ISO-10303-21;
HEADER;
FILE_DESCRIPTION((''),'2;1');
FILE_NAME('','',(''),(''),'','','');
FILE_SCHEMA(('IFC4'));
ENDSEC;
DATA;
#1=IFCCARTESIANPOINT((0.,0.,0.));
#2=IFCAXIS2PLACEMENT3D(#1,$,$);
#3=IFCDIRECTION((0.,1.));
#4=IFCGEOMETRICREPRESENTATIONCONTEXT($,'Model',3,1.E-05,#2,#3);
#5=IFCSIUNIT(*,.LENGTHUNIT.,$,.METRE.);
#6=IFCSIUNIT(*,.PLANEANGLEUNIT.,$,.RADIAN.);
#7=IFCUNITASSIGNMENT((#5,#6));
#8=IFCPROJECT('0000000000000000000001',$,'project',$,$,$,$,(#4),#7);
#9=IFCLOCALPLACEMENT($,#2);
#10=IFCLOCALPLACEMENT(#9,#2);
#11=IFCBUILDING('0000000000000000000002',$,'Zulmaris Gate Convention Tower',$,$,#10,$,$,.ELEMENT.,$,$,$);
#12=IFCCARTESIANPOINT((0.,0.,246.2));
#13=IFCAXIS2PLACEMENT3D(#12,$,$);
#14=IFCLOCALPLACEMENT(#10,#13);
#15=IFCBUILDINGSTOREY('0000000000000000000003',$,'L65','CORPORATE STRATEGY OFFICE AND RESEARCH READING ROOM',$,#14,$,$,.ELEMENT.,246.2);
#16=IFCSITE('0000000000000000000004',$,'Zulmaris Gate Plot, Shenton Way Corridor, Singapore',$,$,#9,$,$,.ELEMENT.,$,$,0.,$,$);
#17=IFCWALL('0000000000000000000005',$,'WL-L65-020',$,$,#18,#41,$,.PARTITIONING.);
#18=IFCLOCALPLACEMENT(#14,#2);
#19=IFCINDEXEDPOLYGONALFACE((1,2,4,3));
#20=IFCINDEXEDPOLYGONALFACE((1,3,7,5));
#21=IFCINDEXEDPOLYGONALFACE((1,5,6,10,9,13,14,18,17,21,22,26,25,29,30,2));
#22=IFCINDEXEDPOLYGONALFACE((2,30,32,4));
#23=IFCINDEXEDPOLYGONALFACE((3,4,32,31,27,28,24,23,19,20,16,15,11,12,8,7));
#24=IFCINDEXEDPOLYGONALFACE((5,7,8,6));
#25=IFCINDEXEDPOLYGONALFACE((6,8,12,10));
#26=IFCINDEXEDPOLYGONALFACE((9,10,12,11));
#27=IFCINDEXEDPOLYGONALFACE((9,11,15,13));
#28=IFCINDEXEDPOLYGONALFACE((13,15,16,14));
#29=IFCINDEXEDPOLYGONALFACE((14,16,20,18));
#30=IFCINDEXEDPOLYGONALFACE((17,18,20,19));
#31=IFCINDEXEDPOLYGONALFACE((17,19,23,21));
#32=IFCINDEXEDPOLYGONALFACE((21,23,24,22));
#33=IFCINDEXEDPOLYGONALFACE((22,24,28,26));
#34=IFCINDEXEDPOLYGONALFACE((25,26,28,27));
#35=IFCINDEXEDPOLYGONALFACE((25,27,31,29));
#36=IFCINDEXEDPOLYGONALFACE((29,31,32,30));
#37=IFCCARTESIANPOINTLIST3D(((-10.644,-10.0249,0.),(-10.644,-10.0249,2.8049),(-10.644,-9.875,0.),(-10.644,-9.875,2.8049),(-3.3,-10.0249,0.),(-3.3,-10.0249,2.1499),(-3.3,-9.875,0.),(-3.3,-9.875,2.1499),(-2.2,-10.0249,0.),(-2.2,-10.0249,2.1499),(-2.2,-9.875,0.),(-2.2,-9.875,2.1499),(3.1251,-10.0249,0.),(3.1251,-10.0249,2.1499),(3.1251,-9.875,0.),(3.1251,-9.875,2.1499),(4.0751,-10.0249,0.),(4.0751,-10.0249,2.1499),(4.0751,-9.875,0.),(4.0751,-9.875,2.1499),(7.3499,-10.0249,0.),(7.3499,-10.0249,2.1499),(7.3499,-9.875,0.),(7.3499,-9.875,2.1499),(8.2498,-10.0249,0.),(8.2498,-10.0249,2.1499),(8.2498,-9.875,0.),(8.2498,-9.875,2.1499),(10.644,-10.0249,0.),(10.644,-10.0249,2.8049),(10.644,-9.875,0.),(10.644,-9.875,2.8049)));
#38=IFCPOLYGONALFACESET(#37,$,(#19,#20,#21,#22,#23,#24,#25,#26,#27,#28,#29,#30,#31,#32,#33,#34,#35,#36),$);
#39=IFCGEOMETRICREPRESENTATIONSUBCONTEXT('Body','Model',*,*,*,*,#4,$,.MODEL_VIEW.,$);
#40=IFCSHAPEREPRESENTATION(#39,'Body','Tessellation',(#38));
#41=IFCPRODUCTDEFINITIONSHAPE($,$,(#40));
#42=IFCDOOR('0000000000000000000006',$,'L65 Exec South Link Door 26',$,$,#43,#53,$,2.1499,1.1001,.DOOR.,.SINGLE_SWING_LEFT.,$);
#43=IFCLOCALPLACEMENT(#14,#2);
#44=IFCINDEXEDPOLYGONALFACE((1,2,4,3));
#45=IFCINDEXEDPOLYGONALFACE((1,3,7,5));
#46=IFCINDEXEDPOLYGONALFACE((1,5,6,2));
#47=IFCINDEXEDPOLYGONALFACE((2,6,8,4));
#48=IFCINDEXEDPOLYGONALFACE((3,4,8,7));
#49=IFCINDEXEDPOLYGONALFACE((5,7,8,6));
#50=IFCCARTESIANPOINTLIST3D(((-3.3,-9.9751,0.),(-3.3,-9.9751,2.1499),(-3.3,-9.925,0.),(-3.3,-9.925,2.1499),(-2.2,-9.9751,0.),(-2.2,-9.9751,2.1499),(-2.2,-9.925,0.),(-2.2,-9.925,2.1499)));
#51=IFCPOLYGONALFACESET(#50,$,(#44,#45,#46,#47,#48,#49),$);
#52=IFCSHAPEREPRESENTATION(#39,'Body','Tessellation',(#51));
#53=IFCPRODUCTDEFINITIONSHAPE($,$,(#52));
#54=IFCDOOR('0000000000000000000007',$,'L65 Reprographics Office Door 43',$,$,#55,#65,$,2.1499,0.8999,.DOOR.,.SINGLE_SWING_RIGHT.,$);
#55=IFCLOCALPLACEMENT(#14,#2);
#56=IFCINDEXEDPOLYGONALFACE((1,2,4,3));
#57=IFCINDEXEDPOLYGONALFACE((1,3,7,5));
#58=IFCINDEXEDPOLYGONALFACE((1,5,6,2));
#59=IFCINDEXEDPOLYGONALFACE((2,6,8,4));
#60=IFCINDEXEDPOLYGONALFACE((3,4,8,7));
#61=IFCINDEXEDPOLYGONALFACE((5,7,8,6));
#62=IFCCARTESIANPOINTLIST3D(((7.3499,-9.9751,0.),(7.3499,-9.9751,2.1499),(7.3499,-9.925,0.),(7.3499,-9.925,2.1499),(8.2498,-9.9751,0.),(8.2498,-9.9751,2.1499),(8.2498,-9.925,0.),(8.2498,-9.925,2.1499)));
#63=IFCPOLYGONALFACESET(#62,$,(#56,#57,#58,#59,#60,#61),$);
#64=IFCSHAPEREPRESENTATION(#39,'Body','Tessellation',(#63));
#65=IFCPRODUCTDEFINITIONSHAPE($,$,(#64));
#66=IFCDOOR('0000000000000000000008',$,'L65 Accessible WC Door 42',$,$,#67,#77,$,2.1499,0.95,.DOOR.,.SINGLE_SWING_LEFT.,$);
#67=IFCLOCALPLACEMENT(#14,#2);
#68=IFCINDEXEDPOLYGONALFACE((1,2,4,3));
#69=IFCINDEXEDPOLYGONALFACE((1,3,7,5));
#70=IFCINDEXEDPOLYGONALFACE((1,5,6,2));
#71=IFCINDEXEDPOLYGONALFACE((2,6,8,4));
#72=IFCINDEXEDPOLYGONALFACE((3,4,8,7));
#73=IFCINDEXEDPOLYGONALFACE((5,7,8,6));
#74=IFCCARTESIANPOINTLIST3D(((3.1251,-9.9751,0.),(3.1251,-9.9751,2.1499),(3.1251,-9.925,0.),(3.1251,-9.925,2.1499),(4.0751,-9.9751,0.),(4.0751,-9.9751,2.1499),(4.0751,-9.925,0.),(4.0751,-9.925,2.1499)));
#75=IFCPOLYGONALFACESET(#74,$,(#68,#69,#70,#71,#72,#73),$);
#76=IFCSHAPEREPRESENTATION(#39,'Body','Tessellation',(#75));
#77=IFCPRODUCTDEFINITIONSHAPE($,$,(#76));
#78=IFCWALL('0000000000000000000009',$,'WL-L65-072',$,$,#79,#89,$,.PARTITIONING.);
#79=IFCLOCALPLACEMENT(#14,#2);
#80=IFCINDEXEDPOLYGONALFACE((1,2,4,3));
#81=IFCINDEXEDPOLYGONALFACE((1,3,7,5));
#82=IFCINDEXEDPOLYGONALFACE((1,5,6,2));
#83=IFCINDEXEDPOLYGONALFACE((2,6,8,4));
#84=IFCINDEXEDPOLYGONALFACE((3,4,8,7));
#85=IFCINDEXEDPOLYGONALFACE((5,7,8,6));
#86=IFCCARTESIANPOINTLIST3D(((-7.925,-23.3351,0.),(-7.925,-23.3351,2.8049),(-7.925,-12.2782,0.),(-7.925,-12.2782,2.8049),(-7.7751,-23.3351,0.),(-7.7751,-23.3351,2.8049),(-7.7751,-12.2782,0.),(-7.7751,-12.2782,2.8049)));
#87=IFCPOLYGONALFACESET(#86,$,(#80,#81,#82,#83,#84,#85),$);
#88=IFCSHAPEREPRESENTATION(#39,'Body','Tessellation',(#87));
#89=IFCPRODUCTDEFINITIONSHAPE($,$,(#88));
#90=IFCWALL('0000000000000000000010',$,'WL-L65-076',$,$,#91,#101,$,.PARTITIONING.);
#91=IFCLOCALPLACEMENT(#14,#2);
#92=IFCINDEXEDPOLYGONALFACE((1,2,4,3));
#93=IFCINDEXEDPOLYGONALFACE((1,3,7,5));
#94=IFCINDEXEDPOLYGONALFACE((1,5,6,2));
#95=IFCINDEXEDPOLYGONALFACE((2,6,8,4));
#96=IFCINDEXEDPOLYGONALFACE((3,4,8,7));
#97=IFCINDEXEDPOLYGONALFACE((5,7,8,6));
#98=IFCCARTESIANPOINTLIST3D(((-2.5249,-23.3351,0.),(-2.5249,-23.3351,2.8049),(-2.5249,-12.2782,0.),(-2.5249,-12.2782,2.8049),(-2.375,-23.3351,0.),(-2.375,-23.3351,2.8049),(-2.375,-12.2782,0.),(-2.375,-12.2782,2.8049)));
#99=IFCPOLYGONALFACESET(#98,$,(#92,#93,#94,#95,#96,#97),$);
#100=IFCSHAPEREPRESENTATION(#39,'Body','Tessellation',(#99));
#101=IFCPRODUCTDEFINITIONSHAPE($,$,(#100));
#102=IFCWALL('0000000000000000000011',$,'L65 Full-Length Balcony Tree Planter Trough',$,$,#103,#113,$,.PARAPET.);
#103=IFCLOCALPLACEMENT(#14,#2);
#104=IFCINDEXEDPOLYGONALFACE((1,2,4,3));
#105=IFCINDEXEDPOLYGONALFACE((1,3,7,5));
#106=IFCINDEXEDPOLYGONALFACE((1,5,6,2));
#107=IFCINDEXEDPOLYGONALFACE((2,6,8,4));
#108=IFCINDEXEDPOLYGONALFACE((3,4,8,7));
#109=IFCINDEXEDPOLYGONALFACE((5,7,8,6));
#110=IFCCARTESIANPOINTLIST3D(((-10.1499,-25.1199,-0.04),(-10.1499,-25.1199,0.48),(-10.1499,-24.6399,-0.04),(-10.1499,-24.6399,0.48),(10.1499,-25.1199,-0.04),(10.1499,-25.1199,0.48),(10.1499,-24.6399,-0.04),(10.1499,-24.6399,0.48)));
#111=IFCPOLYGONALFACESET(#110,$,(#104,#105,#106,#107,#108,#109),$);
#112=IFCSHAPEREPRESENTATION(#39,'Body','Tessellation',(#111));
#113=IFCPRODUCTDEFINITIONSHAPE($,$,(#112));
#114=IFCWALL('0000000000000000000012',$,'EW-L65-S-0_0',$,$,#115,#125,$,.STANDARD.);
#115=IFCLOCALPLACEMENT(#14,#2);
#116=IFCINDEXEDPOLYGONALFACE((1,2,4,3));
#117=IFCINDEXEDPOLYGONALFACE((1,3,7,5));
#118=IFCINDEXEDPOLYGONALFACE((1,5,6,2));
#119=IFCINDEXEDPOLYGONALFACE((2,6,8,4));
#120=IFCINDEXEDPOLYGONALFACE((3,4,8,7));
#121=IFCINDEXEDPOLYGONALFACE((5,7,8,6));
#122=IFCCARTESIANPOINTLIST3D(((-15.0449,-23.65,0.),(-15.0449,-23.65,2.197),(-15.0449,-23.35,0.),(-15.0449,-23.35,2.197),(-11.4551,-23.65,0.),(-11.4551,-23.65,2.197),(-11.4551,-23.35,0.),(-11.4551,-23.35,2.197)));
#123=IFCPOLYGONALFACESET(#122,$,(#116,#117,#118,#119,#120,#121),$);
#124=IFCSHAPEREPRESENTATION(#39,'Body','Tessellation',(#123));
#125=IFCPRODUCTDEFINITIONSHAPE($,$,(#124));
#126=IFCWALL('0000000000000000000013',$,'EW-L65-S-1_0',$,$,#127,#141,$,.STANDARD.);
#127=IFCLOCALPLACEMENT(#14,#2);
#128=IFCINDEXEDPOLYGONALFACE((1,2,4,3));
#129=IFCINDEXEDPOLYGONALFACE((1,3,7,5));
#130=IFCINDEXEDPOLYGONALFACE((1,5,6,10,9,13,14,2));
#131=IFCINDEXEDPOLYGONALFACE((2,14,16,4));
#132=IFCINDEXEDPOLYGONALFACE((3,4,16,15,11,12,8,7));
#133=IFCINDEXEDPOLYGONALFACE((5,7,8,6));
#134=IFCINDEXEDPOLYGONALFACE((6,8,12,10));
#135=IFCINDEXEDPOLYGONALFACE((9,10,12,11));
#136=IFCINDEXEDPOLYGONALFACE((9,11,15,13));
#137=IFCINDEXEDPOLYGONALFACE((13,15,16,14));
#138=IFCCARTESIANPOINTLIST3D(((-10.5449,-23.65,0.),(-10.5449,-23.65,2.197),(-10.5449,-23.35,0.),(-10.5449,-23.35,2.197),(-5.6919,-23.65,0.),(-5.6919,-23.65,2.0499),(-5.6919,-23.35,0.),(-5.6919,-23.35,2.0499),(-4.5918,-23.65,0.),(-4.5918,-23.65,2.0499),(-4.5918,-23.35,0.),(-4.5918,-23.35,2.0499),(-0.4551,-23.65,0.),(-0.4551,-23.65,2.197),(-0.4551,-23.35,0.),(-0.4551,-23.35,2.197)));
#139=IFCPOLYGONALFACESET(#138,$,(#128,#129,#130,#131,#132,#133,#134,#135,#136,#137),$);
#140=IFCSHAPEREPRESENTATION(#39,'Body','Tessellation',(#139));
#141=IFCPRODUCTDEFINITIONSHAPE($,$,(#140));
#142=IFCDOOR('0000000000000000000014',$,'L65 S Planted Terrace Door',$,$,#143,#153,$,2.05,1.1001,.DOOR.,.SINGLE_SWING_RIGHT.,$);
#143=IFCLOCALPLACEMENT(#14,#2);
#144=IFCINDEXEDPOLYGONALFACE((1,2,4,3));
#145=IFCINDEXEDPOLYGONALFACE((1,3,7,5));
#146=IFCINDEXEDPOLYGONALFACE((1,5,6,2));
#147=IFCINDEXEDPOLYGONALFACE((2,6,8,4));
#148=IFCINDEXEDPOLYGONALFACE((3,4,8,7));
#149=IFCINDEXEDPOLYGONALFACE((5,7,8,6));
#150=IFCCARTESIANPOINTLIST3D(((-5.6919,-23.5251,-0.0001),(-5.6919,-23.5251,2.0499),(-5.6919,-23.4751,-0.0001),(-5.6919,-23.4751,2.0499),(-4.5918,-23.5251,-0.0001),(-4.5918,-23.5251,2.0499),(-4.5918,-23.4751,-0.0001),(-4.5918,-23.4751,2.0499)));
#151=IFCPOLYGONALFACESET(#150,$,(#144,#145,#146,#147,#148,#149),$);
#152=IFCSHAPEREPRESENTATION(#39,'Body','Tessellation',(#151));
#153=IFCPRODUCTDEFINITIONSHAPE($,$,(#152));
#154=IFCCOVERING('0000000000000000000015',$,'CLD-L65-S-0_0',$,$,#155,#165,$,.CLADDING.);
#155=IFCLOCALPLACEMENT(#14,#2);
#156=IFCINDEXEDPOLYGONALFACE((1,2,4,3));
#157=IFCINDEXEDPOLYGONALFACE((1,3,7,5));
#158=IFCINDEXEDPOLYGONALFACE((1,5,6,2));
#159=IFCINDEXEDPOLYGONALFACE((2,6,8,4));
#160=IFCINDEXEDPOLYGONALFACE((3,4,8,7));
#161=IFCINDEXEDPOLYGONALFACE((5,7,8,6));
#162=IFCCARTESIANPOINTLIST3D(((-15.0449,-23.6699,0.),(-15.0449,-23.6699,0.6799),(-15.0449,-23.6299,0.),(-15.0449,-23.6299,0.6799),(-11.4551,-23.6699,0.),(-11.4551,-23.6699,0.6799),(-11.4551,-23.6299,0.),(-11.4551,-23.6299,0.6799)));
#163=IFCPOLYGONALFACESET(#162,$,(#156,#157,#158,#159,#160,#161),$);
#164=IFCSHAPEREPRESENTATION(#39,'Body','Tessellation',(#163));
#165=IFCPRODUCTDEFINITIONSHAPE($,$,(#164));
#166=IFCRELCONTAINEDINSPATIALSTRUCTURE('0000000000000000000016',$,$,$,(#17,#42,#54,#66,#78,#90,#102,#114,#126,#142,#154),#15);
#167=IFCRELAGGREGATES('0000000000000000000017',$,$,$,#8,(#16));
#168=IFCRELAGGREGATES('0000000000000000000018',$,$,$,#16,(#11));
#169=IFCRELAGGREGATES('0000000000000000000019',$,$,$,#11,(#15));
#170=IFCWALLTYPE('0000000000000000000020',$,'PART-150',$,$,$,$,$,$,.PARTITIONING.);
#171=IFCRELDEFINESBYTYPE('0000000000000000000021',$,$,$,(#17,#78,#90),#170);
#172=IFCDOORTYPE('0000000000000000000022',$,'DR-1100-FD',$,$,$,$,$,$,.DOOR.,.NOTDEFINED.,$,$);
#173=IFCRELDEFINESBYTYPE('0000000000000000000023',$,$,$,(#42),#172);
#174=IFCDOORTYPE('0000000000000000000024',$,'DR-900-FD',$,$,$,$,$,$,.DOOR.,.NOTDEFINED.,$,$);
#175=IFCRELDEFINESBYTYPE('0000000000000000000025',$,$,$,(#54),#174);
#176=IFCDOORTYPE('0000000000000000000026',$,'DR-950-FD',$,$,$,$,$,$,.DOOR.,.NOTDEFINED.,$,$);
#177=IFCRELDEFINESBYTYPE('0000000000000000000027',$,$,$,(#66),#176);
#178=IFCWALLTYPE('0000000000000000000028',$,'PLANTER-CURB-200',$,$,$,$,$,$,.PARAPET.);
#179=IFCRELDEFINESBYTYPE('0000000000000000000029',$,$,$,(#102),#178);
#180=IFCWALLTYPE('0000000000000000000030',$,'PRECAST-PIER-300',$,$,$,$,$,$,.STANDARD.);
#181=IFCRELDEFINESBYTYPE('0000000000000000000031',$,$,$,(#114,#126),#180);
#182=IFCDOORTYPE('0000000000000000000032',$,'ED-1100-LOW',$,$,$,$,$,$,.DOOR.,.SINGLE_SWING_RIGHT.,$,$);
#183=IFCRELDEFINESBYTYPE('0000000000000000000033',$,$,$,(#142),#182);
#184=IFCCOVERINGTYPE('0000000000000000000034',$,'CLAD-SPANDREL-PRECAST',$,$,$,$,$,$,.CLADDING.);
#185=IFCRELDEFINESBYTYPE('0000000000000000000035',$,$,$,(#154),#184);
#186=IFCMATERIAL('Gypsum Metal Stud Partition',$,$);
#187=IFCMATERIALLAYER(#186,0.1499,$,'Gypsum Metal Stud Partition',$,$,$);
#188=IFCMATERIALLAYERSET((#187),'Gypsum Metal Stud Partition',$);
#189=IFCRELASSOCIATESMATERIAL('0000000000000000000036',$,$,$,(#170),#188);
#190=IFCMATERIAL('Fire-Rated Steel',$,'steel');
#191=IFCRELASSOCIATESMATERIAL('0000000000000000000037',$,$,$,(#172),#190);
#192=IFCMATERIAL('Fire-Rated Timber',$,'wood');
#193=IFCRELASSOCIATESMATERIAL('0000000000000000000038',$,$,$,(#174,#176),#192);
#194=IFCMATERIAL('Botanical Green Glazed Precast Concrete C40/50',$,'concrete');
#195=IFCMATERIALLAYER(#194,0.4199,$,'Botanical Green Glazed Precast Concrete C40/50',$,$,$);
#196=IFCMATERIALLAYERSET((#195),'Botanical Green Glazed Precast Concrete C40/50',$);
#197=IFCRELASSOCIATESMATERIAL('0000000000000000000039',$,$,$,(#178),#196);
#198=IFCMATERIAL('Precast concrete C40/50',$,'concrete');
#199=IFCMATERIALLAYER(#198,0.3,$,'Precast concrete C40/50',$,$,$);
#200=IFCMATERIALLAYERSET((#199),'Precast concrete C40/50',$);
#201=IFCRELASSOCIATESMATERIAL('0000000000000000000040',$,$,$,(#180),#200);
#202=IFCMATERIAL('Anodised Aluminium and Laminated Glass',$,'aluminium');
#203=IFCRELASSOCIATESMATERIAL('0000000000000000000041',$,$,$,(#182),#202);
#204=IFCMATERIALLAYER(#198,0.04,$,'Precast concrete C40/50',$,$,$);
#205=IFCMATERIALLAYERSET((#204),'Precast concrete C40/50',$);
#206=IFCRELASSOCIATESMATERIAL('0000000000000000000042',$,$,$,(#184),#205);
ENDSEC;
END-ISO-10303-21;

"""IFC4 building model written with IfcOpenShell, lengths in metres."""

from ifc_helpers import new_model, si_unit, direction, frame, frame_2d, origin, place, context, subcontext, project, spatial, rectangle, extrude, material, layer, layer_set, type_object, element, fill, save


model = new_model("IFC4")

# Units and contexts
model_context = context("Model", 3, precision=1e-05, world=origin(), true_north=direction((0.0, 1.0)))
body_context = subcontext(model_context, "Body", "Model", "MODEL_VIEW")
ifc_project = project(units=[si_unit("LENGTHUNIT", "METRE"), si_unit("PLANEANGLEUNIT", "RADIAN")], contexts=[model_context])

# Site, building, storey
site_placement = place(None, origin())
site = spatial("IfcSite", under=ifc_project, at=site_placement, Name="Zulmaris Gate Plot, Shenton Way Corridor, Singapore", CompositionType="ELEMENT", RefElevation=0.0)
building_placement = place(site_placement, origin())
building = spatial("IfcBuilding", under=site, at=building_placement, Name="Zulmaris Gate Convention Tower", CompositionType="ELEMENT")
storey_placement = place(building_placement, frame((0.0, 0.0, 246.2)))
storey = spatial("IfcBuildingStorey", under=building, at=storey_placement, Name="L65", Description="CORPORATE STRATEGY OFFICE AND RESEARCH READING ROOM", CompositionType="ELEMENT", Elevation=246.2)

# Wall, openings, doors
ifc_material_1 = material(Name="Gypsum Metal Stud Partition")
ifc_layer_1 = layer(ifc_material_1, 0.1499, Name="Gypsum Metal Stud Partition")
ifc_layer_set_1 = layer_set([ifc_layer_1], Name="Gypsum Metal Stud Partition")
wall_type_1 = type_object("IfcWallType", Name="PART-150", PredefinedType="PARTITIONING", material=ifc_layer_set_1)
wall_1_placement = place(storey_placement, frame((-10.644, -9.95, 0.0), z_axis=(0.0, 0.0, 1.0), x_axis=(1.0, 0.0, 0.0)))
wall_1 = element("IfcWall", 1, at=wall_1_placement, inside=storey, type_object=wall_type_1, Name="WL-L65-020", PredefinedType="PARTITIONING", context=body_context, shape_type="SweptSolid", body=[
    extrude(rectangle(XDim=21.2881, YDim=0.1499, at=frame_2d((10.644, 0.0))), origin(), (0.0, 0.0, 1.0), 2.8049),
])
opening_1_placement = place(wall_1_placement, frame((7.344, 0.0, 0.0)))
opening_1 = element("IfcOpeningElement", 2, at=opening_1_placement, cuts=wall_1, PredefinedType="OPENING", context=body_context, shape_type="SweptSolid", body=[
    extrude(rectangle(XDim=1.1001, YDim=2.1499, at=frame_2d((0.55, 1.075))), frame((0.0, 0.085, 0.0), z_axis=(0.0, -1.0, 0.0), x_axis=(1.0, 0.0, 0.0)), (0.0, 0.0, 1.0), 0.1699),
])
opening_2_placement = place(wall_1_placement, frame((13.769, 0.0, 0.0)))
opening_2 = element("IfcOpeningElement", 3, at=opening_2_placement, cuts=wall_1, PredefinedType="OPENING", context=body_context, shape_type="SweptSolid", body=[
    extrude(rectangle(XDim=0.95, YDim=2.1499, at=frame_2d((0.4751, 1.075))), frame((0.0, 0.085, 0.0), z_axis=(0.0, -1.0, 0.0), x_axis=(1.0, 0.0, 0.0)), (0.0, 0.0, 1.0), 0.1699),
])
opening_3_placement = place(wall_1_placement, frame((17.9939, 0.0, 0.0)))
opening_3 = element("IfcOpeningElement", 4, at=opening_3_placement, cuts=wall_1, PredefinedType="OPENING", context=body_context, shape_type="SweptSolid", body=[
    extrude(rectangle(XDim=0.8999, YDim=2.1499, at=frame_2d((0.45, 1.075))), frame((0.0, 0.085, 0.0), z_axis=(0.0, -1.0, 0.0), x_axis=(1.0, 0.0, 0.0)), (0.0, 0.0, 1.0), 0.1699),
])
ifc_material_2 = material(Name="Fire-Rated Steel", Category="steel")
door_type_1 = type_object("IfcDoorType", Name="DR-1100-FD", OperationType="NOTDEFINED", PredefinedType="DOOR", material=ifc_material_2)
door_1_placement = place(opening_1_placement, origin())
door_1 = element("IfcDoor", 5, at=door_1_placement, inside=storey, type_object=door_type_1, Name="L65 Exec South Link Door 26", OperationType="SINGLE_SWING_LEFT", OverallHeight=2.1499, OverallWidth=1.1001, PredefinedType="DOOR", context=body_context, shape_type="SweptSolid", body=[
    extrude(rectangle(XDim=1.1001, YDim=2.1499, at=frame_2d((0.55, 1.075))), frame((0.0, 0.0249, 0.0), z_axis=(0.0, -1.0, 0.0), x_axis=(1.0, 0.0, 0.0)), (0.0, 0.0, 1.0), 0.05),
])
fill(opening_1, door_1)
ifc_material_3 = material(Name="Fire-Rated Timber", Category="wood")
door_type_2 = type_object("IfcDoorType", Name="DR-900-FD", OperationType="NOTDEFINED", PredefinedType="DOOR", material=ifc_material_3)
door_2_placement = place(opening_3_placement, origin())
door_2 = element("IfcDoor", 6, at=door_2_placement, inside=storey, type_object=door_type_2, Name="L65 Reprographics Office Door 43", OperationType="SINGLE_SWING_RIGHT", OverallHeight=2.1499, OverallWidth=0.8999, PredefinedType="DOOR", context=body_context, shape_type="SweptSolid", body=[
    extrude(rectangle(XDim=0.8999, YDim=2.1499, at=frame_2d((0.45, 1.075))), frame((0.0, 0.0249, 0.0), z_axis=(0.0, -1.0, 0.0), x_axis=(1.0, 0.0, 0.0)), (0.0, 0.0, 1.0), 0.05),
])
fill(opening_3, door_2)
door_type_3 = type_object("IfcDoorType", Name="DR-950-FD", OperationType="NOTDEFINED", PredefinedType="DOOR", material=ifc_material_3)
door_3_placement = place(opening_2_placement, origin())
door_3 = element("IfcDoor", 7, at=door_3_placement, inside=storey, type_object=door_type_3, Name="L65 Accessible WC Door 42", OperationType="SINGLE_SWING_LEFT", OverallHeight=2.1499, OverallWidth=0.95, PredefinedType="DOOR", context=body_context, shape_type="SweptSolid", body=[
    extrude(rectangle(XDim=0.95, YDim=2.1499, at=frame_2d((0.4751, 1.075))), frame((0.0, 0.0249, 0.0), z_axis=(0.0, -1.0, 0.0), x_axis=(1.0, 0.0, 0.0)), (0.0, 0.0, 1.0), 0.05),
])
fill(opening_2, door_3)

# Walls
for number, where, z_axis, x_axis, name in (
    (8, (-7.8501, -23.335, 0.0), (0.0, 0.0, 1.0), (0.0, 1.0, 0.0), "WL-L65-072"),
    (9, (-2.45, -23.335, 0.0), (0.0, 0.0, 1.0), (0.0, 1.0, 0.0), "WL-L65-076"),
):
    element("IfcWall", number, at=place(storey_placement, frame(where, z_axis=z_axis, x_axis=x_axis)), inside=storey, type_object=wall_type_1, Name=name, PredefinedType="PARTITIONING", context=body_context, shape_type="SweptSolid", body=[
        extrude(rectangle(XDim=11.0569, YDim=0.1499, at=frame_2d((5.5283, 0.0))), origin(), (0.0, 0.0, 1.0), 2.8049),
    ])
ifc_material_4 = material(Name="Botanical Green Glazed Precast Concrete C40/50", Category="concrete")
ifc_layer_2 = layer(ifc_material_4, 0.4199, Name="Botanical Green Glazed Precast Concrete C40/50")
ifc_layer_set_2 = layer_set([ifc_layer_2], Name="Botanical Green Glazed Precast Concrete C40/50")
wall_type_2 = type_object("IfcWallType", Name="PLANTER-CURB-200", PredefinedType="PARAPET", material=ifc_layer_set_2)
wall_2_placement = place(storey_placement, frame((-10.1499, -24.8799, -0.04), z_axis=(0.0, 0.0, 1.0), x_axis=(1.0, 0.0, 0.0)))
element("IfcWall", 10, at=wall_2_placement, inside=storey, type_object=wall_type_2, Name="L65 Full-Length Balcony Tree Planter Trough", PredefinedType="PARAPET", context=body_context, shape_type="SweptSolid", body=[
    extrude(rectangle(XDim=20.2998, YDim=0.48, at=frame_2d((10.1499, 0.0))), origin(), (0.0, 0.0, 1.0), 0.52),
])
ifc_material_5 = material(Name="Precast concrete C40/50", Category="concrete")
ifc_layer_3 = layer(ifc_material_5, 0.3, Name="Precast concrete C40/50")
ifc_layer_set_3 = layer_set([ifc_layer_3], Name="Precast concrete C40/50")
wall_type_3 = type_object("IfcWallType", Name="PRECAST-PIER-300", PredefinedType="STANDARD", material=ifc_layer_set_3)
wall_3_placement = place(storey_placement, frame((-15.0449, -23.5, 0.0), z_axis=(0.0, 0.0, 1.0), x_axis=(1.0, 0.0, 0.0)))
element("IfcWall", 11, at=wall_3_placement, inside=storey, type_object=wall_type_3, Name="EW-L65-S-0_0", PredefinedType="STANDARD", context=body_context, shape_type="SweptSolid", body=[
    extrude(rectangle(XDim=3.5898, YDim=0.3, at=frame_2d((1.7949, 0.0))), origin(), (0.0, 0.0, 1.0), 2.197),
])

# Wall, opening, door
wall_4_placement = place(storey_placement, frame((-10.5449, -23.5, 0.0), z_axis=(0.0, 0.0, 1.0), x_axis=(1.0, 0.0, 0.0)))
wall_4 = element("IfcWall", 12, at=wall_4_placement, inside=storey, type_object=wall_type_3, Name="EW-L65-S-1_0", PredefinedType="STANDARD", context=body_context, shape_type="SweptSolid", body=[
    extrude(rectangle(XDim=10.0898, YDim=0.3, at=frame_2d((5.0449, 0.0))), origin(), (0.0, 0.0, 1.0), 2.197),
])
opening_4_placement = place(wall_4_placement, frame((4.853, 0.0, 0.0)))
opening_4 = element("IfcOpeningElement", 13, at=opening_4_placement, cuts=wall_4, PredefinedType="OPENING", context=body_context, shape_type="SweptSolid", body=[
    extrude(rectangle(XDim=1.1001, YDim=2.05, at=frame_2d((0.55, 1.0249))), frame((0.0, 0.1602, 0.0), z_axis=(0.0, -1.0, 0.0), x_axis=(1.0, 0.0, 0.0)), (0.0, 0.0, 1.0), 0.3201),
])
ifc_material_6 = material(Name="Anodised Aluminium and Laminated Glass", Category="aluminium")
door_type_4 = type_object("IfcDoorType", Name="ED-1100-LOW", OperationType="SINGLE_SWING_RIGHT", PredefinedType="DOOR", material=ifc_material_6)
door_4_placement = place(opening_4_placement, origin())
door_4 = element("IfcDoor", 14, at=door_4_placement, inside=storey, type_object=door_type_4, Name="L65 S Planted Terrace Door", OperationType="SINGLE_SWING_RIGHT", OverallHeight=2.05, OverallWidth=1.1001, PredefinedType="DOOR", context=body_context, shape_type="SweptSolid", body=[
    extrude(rectangle(XDim=1.1001, YDim=2.05, at=frame_2d((0.55, 1.0249))), frame((0.0, 0.0249, 0.0), z_axis=(0.0, -1.0, 0.0), x_axis=(1.0, 0.0, 0.0)), (0.0, 0.0, 1.0), 0.05),
])
fill(opening_4, door_4)

# Covering
ifc_layer_4 = layer(ifc_material_5, 0.04, Name="Precast concrete C40/50")
ifc_layer_set_4 = layer_set([ifc_layer_4], Name="Precast concrete C40/50")
covering_type = type_object("IfcCoveringType", Name="CLAD-SPANDREL-PRECAST", PredefinedType="CLADDING", material=ifc_layer_set_4)
covering_1_placement = place(storey_placement, frame((-15.0449, -23.6499, 0.0), z_axis=(0.0, 0.0, 1.0), x_axis=(1.0, 0.0, 0.0)))
element("IfcCovering", 15, at=covering_1_placement, inside=storey, type_object=covering_type, Name="CLD-L65-S-0_0", PredefinedType="CLADDING", context=body_context, shape_type="SweptSolid", body=[
    extrude(rectangle(XDim=3.5898, YDim=0.04, at=frame_2d((1.7949, 0.0))), origin(), (0.0, 0.0, 1.0), 0.6799),
])

save(model, "model.ifc")
